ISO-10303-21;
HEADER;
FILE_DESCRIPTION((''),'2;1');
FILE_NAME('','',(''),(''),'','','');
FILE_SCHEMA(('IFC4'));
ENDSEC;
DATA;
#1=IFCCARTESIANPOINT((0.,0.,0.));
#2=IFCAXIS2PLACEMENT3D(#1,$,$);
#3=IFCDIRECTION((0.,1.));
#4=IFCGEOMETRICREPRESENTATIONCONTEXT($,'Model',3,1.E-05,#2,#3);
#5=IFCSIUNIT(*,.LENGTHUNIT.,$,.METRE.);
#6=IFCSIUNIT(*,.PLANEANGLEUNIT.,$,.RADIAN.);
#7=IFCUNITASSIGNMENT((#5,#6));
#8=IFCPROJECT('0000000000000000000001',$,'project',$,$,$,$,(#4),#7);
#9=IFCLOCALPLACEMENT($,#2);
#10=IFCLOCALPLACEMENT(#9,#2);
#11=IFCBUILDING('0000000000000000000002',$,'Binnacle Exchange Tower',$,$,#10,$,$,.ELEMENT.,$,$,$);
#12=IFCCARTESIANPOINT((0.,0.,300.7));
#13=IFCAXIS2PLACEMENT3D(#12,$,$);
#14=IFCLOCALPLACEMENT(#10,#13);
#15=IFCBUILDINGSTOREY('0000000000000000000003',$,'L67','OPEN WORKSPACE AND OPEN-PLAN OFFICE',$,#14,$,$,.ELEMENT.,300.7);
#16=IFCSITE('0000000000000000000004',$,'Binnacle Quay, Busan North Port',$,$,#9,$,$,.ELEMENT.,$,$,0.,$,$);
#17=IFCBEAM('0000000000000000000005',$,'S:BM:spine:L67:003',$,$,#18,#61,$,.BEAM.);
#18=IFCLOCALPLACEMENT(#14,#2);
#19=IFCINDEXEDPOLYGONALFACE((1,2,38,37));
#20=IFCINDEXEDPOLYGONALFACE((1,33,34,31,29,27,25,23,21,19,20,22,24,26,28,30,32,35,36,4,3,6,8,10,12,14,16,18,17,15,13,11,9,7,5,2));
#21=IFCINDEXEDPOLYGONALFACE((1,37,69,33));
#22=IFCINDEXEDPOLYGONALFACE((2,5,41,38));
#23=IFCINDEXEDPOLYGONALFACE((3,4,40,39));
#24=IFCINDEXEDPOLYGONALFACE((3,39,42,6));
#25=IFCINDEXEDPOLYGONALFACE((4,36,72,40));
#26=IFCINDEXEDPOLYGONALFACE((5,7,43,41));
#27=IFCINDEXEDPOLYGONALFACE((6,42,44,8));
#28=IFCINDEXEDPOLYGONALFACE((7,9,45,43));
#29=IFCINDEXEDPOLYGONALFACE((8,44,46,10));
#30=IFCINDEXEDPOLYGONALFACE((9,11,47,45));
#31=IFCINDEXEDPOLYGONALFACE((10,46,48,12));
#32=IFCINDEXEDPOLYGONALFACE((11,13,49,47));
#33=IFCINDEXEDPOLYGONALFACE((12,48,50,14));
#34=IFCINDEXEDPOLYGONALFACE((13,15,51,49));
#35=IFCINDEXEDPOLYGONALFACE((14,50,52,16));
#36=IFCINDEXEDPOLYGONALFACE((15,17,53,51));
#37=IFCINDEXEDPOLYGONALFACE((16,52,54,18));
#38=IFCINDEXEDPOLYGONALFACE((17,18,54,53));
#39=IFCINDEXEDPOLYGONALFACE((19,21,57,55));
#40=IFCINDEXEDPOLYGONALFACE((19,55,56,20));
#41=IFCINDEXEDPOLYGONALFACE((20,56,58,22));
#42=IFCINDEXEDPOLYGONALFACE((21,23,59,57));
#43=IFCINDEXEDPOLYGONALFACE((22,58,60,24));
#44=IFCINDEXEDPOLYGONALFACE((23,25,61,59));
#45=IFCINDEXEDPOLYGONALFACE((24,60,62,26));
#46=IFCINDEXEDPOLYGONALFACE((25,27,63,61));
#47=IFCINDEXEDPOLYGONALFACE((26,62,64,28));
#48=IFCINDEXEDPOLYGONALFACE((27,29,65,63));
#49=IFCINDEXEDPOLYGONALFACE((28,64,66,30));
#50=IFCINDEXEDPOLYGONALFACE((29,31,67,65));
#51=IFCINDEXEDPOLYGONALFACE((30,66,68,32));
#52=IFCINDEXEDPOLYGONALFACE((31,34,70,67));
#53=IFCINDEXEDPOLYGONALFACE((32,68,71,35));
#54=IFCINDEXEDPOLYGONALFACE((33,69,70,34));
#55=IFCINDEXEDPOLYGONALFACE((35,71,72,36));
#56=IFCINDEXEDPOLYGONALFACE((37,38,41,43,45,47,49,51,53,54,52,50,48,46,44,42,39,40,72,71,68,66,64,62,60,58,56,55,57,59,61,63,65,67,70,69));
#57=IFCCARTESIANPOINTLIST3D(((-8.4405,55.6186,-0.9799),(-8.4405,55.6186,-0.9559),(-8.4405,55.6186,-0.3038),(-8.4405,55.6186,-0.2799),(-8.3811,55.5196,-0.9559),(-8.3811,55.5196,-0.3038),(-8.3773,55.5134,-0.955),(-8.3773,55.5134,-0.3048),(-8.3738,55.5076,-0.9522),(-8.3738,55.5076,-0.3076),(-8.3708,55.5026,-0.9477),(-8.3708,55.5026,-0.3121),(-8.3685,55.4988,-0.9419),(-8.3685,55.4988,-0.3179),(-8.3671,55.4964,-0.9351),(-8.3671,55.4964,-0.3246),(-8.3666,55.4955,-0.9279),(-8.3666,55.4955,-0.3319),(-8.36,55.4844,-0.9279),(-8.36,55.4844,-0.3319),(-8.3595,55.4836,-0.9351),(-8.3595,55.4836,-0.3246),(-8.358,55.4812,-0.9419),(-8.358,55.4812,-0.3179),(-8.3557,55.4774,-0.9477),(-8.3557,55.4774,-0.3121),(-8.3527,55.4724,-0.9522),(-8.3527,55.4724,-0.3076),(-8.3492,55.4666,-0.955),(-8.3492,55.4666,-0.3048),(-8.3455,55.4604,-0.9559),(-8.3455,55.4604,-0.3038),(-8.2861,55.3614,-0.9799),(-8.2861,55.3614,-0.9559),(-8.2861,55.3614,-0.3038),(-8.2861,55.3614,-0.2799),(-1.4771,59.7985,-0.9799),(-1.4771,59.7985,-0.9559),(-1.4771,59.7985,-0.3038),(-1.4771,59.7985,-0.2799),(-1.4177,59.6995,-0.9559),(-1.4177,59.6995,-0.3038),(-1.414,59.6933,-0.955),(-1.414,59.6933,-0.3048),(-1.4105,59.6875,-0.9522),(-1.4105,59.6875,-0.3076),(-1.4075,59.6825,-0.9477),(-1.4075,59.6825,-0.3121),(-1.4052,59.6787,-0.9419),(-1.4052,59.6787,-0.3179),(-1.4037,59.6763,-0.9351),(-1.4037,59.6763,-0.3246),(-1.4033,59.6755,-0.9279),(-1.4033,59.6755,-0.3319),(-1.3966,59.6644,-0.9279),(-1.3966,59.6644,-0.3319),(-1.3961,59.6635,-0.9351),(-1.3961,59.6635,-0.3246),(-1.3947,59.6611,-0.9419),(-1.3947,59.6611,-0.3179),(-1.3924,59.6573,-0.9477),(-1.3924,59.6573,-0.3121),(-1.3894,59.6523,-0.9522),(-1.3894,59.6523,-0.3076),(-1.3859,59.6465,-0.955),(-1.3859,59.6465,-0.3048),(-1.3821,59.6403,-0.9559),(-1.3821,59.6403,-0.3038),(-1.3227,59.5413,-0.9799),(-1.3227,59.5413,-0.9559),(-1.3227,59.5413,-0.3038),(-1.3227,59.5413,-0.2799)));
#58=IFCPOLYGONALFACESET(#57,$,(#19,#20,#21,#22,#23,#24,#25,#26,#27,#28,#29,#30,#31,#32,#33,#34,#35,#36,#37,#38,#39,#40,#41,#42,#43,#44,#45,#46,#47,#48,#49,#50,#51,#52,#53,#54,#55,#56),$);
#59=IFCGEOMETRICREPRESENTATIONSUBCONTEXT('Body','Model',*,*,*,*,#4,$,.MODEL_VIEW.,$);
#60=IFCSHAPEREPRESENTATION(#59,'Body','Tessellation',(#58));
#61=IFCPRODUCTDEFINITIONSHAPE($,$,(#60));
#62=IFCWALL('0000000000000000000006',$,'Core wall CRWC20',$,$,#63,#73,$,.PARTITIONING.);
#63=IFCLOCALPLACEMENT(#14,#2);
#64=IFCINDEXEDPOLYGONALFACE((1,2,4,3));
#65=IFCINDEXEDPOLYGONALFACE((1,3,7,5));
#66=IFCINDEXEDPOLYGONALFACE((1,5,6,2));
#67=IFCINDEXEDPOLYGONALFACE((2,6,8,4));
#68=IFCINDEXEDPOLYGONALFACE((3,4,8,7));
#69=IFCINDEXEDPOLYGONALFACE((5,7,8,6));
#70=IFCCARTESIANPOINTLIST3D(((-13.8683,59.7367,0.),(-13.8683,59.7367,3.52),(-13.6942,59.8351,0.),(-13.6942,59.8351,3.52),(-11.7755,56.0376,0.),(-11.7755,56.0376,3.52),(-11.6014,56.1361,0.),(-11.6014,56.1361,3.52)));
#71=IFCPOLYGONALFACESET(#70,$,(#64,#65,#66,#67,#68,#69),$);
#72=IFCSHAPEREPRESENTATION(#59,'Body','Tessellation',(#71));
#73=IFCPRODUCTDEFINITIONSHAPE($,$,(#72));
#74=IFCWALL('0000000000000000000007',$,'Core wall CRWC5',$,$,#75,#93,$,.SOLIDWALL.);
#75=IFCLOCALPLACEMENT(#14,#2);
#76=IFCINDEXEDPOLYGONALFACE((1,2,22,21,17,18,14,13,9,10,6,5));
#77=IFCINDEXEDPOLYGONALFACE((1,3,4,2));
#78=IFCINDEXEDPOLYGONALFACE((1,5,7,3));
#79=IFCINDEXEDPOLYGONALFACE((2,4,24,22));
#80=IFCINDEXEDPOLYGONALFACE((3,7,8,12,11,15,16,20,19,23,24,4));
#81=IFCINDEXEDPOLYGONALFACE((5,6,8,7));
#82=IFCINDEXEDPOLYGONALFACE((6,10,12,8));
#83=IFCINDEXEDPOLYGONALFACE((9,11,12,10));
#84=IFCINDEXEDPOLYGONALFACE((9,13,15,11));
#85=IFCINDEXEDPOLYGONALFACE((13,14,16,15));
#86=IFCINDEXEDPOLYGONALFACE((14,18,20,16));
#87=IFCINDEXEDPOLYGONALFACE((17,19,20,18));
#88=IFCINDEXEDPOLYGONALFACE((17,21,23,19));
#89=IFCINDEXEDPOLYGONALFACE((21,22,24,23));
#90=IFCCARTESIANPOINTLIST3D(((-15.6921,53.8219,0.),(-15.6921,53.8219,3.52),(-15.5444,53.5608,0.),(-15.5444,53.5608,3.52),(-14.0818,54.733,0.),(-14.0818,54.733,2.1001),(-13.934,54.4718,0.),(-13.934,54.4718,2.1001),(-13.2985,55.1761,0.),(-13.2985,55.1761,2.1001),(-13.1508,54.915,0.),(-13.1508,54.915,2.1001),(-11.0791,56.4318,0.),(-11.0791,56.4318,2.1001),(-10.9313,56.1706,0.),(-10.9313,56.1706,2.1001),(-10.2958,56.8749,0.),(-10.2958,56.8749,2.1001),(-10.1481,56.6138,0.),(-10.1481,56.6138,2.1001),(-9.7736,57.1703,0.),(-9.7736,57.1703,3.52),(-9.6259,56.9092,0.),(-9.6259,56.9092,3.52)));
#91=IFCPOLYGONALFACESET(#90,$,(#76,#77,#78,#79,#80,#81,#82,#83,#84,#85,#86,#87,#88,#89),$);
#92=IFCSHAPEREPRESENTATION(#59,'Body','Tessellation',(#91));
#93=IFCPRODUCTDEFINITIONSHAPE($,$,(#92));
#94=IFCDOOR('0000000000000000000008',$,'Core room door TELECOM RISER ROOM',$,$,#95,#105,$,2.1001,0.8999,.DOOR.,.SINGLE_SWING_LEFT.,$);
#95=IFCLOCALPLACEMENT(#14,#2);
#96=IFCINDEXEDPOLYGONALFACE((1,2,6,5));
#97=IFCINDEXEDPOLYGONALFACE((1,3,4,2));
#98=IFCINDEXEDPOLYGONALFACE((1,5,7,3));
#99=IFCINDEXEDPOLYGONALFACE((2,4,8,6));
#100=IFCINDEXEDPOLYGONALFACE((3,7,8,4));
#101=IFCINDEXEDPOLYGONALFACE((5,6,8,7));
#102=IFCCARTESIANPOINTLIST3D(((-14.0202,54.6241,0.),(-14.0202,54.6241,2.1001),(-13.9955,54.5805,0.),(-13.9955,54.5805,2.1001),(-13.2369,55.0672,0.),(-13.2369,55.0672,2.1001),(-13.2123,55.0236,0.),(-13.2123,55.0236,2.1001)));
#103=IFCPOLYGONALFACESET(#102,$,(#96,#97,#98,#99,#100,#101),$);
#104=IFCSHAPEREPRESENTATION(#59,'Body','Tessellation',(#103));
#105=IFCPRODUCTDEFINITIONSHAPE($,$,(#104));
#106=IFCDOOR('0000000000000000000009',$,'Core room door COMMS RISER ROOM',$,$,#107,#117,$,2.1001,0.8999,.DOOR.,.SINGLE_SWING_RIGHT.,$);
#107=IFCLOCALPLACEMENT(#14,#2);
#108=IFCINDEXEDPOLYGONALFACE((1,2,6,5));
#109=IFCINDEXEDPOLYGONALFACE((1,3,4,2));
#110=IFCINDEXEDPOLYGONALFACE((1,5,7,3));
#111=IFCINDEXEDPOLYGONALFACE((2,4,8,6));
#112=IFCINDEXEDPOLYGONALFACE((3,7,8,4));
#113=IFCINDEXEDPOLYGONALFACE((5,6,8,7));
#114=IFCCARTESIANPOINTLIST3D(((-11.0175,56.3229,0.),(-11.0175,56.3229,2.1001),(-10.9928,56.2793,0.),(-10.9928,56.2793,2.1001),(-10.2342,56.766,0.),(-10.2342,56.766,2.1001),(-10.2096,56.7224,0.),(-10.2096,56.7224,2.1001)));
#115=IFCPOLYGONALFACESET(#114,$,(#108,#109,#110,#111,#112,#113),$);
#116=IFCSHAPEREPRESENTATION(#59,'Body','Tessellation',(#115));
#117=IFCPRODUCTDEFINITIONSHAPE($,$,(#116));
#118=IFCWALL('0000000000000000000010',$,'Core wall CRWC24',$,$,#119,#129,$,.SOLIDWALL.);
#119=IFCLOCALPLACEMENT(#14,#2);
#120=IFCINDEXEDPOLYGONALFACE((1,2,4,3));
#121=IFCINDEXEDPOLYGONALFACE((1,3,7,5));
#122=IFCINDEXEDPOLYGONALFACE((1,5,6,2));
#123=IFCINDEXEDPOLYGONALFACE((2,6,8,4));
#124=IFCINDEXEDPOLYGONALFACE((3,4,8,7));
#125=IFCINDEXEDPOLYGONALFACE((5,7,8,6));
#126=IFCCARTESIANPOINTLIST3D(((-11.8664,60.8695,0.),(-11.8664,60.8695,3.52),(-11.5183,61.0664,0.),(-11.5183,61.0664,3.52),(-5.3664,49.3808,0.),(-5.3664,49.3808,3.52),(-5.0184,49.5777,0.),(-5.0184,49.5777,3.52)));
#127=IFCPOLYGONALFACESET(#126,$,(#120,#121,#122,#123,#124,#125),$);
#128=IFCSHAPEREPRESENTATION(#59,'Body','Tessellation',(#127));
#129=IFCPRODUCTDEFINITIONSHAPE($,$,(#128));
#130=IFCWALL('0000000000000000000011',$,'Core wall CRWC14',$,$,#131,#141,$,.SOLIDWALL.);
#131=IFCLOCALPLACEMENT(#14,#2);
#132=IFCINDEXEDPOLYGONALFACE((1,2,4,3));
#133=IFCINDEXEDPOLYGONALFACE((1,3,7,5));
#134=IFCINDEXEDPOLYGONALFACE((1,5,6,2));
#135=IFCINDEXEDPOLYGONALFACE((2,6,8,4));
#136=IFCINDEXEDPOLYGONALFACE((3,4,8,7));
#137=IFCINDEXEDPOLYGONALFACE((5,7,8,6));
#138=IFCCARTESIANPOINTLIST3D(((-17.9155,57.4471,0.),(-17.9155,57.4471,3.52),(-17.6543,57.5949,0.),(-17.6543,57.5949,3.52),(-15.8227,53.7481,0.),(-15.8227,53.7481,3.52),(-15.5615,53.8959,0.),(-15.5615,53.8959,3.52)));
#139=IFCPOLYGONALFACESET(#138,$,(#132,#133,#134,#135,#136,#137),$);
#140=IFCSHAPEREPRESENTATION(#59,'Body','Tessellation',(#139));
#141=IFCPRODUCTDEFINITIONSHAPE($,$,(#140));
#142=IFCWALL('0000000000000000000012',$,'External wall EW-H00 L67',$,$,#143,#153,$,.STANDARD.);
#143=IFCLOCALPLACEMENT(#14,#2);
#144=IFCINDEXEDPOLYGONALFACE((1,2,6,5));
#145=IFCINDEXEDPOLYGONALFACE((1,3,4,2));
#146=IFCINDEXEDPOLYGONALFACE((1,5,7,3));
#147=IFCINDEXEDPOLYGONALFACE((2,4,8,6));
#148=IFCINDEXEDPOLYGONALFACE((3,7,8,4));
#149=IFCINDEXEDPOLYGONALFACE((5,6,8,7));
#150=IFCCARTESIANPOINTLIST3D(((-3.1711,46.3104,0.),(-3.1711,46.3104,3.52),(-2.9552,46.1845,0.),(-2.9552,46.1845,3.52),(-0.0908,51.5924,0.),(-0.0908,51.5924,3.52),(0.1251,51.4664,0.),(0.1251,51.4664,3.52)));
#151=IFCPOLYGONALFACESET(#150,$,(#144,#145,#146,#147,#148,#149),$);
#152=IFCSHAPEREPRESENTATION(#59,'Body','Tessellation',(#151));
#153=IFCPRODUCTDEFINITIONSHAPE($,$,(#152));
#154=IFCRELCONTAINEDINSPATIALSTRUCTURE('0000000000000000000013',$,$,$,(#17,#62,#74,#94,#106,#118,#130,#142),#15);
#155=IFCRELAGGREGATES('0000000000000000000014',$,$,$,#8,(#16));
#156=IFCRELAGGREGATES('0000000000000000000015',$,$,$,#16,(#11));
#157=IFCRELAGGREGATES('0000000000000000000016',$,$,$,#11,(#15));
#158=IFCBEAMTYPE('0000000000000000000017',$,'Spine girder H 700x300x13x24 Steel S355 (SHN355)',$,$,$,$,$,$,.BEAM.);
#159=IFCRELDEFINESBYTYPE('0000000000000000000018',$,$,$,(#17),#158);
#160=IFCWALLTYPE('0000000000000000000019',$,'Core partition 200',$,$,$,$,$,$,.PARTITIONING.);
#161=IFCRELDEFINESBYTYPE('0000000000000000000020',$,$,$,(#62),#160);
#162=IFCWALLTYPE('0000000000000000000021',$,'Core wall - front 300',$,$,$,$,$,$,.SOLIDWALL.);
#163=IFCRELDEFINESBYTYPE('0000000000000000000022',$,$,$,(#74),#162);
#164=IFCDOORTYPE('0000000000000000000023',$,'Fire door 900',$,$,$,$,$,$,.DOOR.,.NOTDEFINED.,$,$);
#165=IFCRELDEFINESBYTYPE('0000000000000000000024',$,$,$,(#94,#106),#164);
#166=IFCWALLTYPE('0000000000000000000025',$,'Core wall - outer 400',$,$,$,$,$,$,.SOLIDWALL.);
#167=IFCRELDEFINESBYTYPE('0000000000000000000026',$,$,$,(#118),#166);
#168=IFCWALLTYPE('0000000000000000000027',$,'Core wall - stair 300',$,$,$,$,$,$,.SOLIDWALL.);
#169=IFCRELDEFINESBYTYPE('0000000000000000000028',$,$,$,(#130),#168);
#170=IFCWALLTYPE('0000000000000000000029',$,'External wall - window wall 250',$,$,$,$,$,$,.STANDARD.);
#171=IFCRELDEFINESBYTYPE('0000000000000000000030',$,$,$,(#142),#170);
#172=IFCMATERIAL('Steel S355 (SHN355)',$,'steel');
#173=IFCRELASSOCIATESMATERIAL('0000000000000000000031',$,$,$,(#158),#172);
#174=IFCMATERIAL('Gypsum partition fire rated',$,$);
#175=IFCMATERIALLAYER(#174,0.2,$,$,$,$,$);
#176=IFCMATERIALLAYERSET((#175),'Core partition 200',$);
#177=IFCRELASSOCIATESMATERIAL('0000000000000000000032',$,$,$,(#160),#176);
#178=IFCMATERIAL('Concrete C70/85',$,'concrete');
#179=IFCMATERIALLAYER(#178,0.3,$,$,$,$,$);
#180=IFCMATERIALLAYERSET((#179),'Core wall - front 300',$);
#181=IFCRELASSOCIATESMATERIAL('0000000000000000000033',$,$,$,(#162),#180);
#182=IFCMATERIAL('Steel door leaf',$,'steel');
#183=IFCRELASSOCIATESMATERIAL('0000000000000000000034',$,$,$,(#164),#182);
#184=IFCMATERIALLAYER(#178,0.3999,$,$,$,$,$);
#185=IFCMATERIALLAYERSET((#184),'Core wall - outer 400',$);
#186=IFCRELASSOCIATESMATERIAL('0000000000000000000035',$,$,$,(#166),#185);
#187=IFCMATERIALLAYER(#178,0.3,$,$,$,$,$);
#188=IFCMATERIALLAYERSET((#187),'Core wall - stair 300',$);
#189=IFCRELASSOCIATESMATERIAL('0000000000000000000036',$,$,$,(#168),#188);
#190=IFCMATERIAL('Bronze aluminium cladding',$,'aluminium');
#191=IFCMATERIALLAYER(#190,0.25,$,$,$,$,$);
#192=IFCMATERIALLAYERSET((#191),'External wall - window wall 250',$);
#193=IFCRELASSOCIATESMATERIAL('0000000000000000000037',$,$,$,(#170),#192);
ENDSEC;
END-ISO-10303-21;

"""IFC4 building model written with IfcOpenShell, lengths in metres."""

from ifc_helpers import new_model, si_unit, direction, frame, frame_2d, origin, origin_2d, place, context, subcontext, project, spatial, rectangle, i_section, extrude, material, layer, layer_set, material_profile, profile_set, type_object, element, fill, save


model = new_model("IFC4")

# Units and contexts
model_context = context("Model", 3, precision=1e-05, world=origin(), true_north=direction((0.0, 1.0)))
body_context = subcontext(model_context, "Body", "Model", "MODEL_VIEW")
ifc_project = project(units=[si_unit("LENGTHUNIT", "METRE"), si_unit("PLANEANGLEUNIT", "RADIAN")], contexts=[model_context])

# Site, building, storey
site_placement = place(None, origin())
site = spatial("IfcSite", under=ifc_project, at=site_placement, Name="Binnacle Quay, Busan North Port", CompositionType="ELEMENT", RefElevation=0.0)
building_placement = place(site_placement, origin())
building = spatial("IfcBuilding", under=site, at=building_placement, Name="Binnacle Exchange Tower", CompositionType="ELEMENT")
storey_placement = place(building_placement, frame((0.0, 0.0, 300.7)))
storey = spatial("IfcBuildingStorey", under=building, at=storey_placement, Name="L67", Description="OPEN WORKSPACE AND OPEN-PLAN OFFICE", CompositionType="ELEMENT", Elevation=300.7)

# Beam
ifc_material_1 = material(Name="Steel S355 (SHN355)", Category="steel")
ifc_material_profile_1 = material_profile(ifc_material_1, i_section(OverallWidth=0.3, OverallDepth=0.7, WebThickness=0.0129, FlangeThickness=0.0239, FilletRadius=0.0281, at=origin_2d()), Name="H 700x300x13x24")
ifc_profile_set_1 = profile_set([ifc_material_profile_1], Name="Steel S355 (SHN355)")
beam_type_1 = type_object("IfcBeamType", Name="Spine girder H 700x300x13x24 Steel S355 (SHN355)", PredefinedType="BEAM", material=ifc_profile_set_1)
beam_1_placement = place(storey_placement, frame((-8.3633, 55.49, -0.6299), z_axis=(0.857389, 0.514668, 0.0), x_axis=(-0.514668, 0.857389, 0.0)))
element("IfcBeam", 1, at=beam_1_placement, inside=storey, type_object=beam_type_1, Name="S:BM:spine:L67:003", PredefinedType="BEAM", context=body_context, shape_type="SweptSolid", body=[
    extrude(i_section(OverallWidth=0.3, OverallDepth=0.7, WebThickness=0.0129, FlangeThickness=0.0239, FilletRadius=0.0281, at=origin_2d()), origin(), (0.0, 0.0, 1.0), 8.1216),
])

# Wall
ifc_material_2 = material(Name="Gypsum partition fire rated")
ifc_layer_1 = layer(ifc_material_2, 0.2)
ifc_layer_set_1 = layer_set([ifc_layer_1], Name="Core partition 200")
wall_type_1 = type_object("IfcWallType", Name="Core partition 200", PredefinedType="PARTITIONING", material=ifc_layer_set_1)
wall_1_placement = place(storey_placement, frame((-13.7812, 59.7859, 0.0), z_axis=(0.0, 0.0, 1.0), x_axis=(0.492423, -0.870356, 0.0)))
element("IfcWall", 2, at=wall_1_placement, inside=storey, type_object=wall_type_1, Name="Core wall CRWC20", PredefinedType="PARTITIONING", context=body_context, shape_type="SweptSolid", body=[
    extrude(rectangle(XDim=4.25, YDim=0.2, at=frame_2d((2.125, 0.0))), origin(), (0.0, 0.0, 1.0), 3.52),
])

# Wall, openings, doors
ifc_material_3 = material(Name="Concrete C70/85", Category="concrete")
ifc_layer_2 = layer(ifc_material_3, 0.3)
ifc_layer_set_2 = layer_set([ifc_layer_2], Name="Core wall - front 300")
wall_type_2 = type_object("IfcWallType", Name="Core wall - front 300", PredefinedType="SOLIDWALL", material=ifc_layer_set_2)
wall_2_placement = place(storey_placement, frame((-15.6182, 53.6914, 0.0), z_axis=(0.0, 0.0, 1.0), x_axis=(0.870363, 0.492411, 0.0)))
wall_2 = element("IfcWall", 3, at=wall_2_placement, inside=storey, type_object=wall_type_2, Name="Core wall CRWC5", PredefinedType="SOLIDWALL", context=body_context, shape_type="SweptSolid", body=[
    extrude(rectangle(XDim=6.8, YDim=0.3, at=frame_2d((3.3999, 0.0))), origin(), (0.0, 0.0, 1.0), 3.52),
])
opening_1_placement = place(wall_2_placement, frame((1.8501, 0.0, 0.0)))
opening_1 = element("IfcOpeningElement", 4, at=opening_1_placement, cuts=wall_2, PredefinedType="OPENING", context=body_context, shape_type="SweptSolid", body=[
    extrude(rectangle(XDim=0.8999, YDim=2.1001, at=frame_2d((0.45, 1.05))), frame((0.0, 0.1599, 0.0), z_axis=(0.0, -1.0, 0.0), x_axis=(1.0, 0.0, 0.0)), (0.0, 0.0, 1.0), 0.3201),
])
opening_2_placement = place(wall_2_placement, frame((5.3, 0.0, 0.0)))
opening_2 = element("IfcOpeningElement", 5, at=opening_2_placement, cuts=wall_2, PredefinedType="OPENING", context=body_context, shape_type="SweptSolid", body=[
    extrude(rectangle(XDim=0.8999, YDim=2.1001, at=frame_2d((0.45, 1.05))), frame((0.0, 0.1599, 0.0), z_axis=(0.0, -1.0, 0.0), x_axis=(1.0, 0.0, 0.0)), (0.0, 0.0, 1.0), 0.3201),
])
ifc_material_4 = material(Name="Steel door leaf", Category="steel")
door_type = type_object("IfcDoorType", Name="Fire door 900", OperationType="NOTDEFINED", PredefinedType="DOOR", material=ifc_material_4)
door_1_placement = place(opening_1_placement, origin())
door_1 = element("IfcDoor", 6, at=door_1_placement, inside=storey, type_object=door_type, Name="Core room door TELECOM RISER ROOM", OperationType="SINGLE_SWING_LEFT", OverallHeight=2.1001, OverallWidth=0.8999, PredefinedType="DOOR", context=body_context, shape_type="SweptSolid", body=[
    extrude(rectangle(XDim=0.8999, YDim=2.1001, at=frame_2d((0.45, 1.05))), frame((0.0, 0.0249, 0.0), z_axis=(0.0, -1.0, 0.0), x_axis=(1.0, 0.0, 0.0)), (0.0, 0.0, 1.0), 0.05),
])
fill(opening_1, door_1)
door_2_placement = place(opening_2_placement, origin())
door_2 = element("IfcDoor", 7, at=door_2_placement, inside=storey, type_object=door_type, Name="Core room door COMMS RISER ROOM", OperationType="SINGLE_SWING_RIGHT", OverallHeight=2.1001, OverallWidth=0.8999, PredefinedType="DOOR", context=body_context, shape_type="SweptSolid", body=[
    extrude(rectangle(XDim=0.8999, YDim=2.1001, at=frame_2d((0.45, 1.05))), frame((0.0, 0.0249, 0.0), z_axis=(0.0, -1.0, 0.0), x_axis=(1.0, 0.0, 0.0)), (0.0, 0.0, 1.0), 0.05),
])
fill(opening_2, door_2)

# Walls
ifc_layer_3 = layer(ifc_material_3, 0.3999)
ifc_layer_set_3 = layer_set([ifc_layer_3], Name="Core wall - outer 400")
wall_type_3 = type_object("IfcWallType", Name="Core wall - outer 400", PredefinedType="SOLIDWALL", material=ifc_layer_set_3)
wall_3_placement = place(storey_placement, frame((-11.6924, 60.968, 0.0), z_axis=(0.0, 0.0, 1.0), x_axis=(0.492422, -0.870357, 0.0)))
element("IfcWall", 8, at=wall_3_placement, inside=storey, type_object=wall_type_3, Name="Core wall CRWC24", PredefinedType="SOLIDWALL", context=body_context, shape_type="SweptSolid", body=[
    extrude(rectangle(XDim=13.2, YDim=0.3999, at=frame_2d((6.6001, 0.0))), origin(), (0.0, 0.0, 1.0), 3.52),
])
ifc_layer_4 = layer(ifc_material_3, 0.3)
ifc_layer_set_4 = layer_set([ifc_layer_4], Name="Core wall - stair 300")
wall_type_4 = type_object("IfcWallType", Name="Core wall - stair 300", PredefinedType="SOLIDWALL", material=ifc_layer_set_4)
wall_4_placement = place(storey_placement, frame((-17.7849, 57.521, 0.0), z_axis=(0.0, 0.0, 1.0), x_axis=(0.492423, -0.870356, 0.0)))
element("IfcWall", 9, at=wall_4_placement, inside=storey, type_object=wall_type_4, Name="Core wall CRWC14", PredefinedType="SOLIDWALL", context=body_context, shape_type="SweptSolid", body=[
    extrude(rectangle(XDim=4.25, YDim=0.3, at=frame_2d((2.125, 0.0))), origin(), (0.0, 0.0, 1.0), 3.52),
])
ifc_material_5 = material(Name="Bronze aluminium cladding", Category="aluminium")
ifc_layer_5 = layer(ifc_material_5, 0.25)
ifc_layer_set_5 = layer_set([ifc_layer_5], Name="External wall - window wall 250")
wall_type_5 = type_object("IfcWallType", Name="External wall - window wall 250", PredefinedType="STANDARD", material=ifc_layer_set_5)
wall_5_placement = place(storey_placement, frame((0.0171, 51.5293, 0.0), z_axis=(0.0, 0.0, 1.0), x_axis=(-0.503769, -0.863838, 0.0)))
element("IfcWall", 10, at=wall_5_placement, inside=storey, type_object=wall_type_5, Name="External wall EW-H00 L67", PredefinedType="STANDARD", context=body_context, shape_type="SweptSolid", body=[
    extrude(rectangle(XDim=6.1145, YDim=0.25, at=frame_2d((3.0571, 0.0))), origin(), (0.0, 0.0, 1.0), 3.52),
])

save(model, "model.ifc")
